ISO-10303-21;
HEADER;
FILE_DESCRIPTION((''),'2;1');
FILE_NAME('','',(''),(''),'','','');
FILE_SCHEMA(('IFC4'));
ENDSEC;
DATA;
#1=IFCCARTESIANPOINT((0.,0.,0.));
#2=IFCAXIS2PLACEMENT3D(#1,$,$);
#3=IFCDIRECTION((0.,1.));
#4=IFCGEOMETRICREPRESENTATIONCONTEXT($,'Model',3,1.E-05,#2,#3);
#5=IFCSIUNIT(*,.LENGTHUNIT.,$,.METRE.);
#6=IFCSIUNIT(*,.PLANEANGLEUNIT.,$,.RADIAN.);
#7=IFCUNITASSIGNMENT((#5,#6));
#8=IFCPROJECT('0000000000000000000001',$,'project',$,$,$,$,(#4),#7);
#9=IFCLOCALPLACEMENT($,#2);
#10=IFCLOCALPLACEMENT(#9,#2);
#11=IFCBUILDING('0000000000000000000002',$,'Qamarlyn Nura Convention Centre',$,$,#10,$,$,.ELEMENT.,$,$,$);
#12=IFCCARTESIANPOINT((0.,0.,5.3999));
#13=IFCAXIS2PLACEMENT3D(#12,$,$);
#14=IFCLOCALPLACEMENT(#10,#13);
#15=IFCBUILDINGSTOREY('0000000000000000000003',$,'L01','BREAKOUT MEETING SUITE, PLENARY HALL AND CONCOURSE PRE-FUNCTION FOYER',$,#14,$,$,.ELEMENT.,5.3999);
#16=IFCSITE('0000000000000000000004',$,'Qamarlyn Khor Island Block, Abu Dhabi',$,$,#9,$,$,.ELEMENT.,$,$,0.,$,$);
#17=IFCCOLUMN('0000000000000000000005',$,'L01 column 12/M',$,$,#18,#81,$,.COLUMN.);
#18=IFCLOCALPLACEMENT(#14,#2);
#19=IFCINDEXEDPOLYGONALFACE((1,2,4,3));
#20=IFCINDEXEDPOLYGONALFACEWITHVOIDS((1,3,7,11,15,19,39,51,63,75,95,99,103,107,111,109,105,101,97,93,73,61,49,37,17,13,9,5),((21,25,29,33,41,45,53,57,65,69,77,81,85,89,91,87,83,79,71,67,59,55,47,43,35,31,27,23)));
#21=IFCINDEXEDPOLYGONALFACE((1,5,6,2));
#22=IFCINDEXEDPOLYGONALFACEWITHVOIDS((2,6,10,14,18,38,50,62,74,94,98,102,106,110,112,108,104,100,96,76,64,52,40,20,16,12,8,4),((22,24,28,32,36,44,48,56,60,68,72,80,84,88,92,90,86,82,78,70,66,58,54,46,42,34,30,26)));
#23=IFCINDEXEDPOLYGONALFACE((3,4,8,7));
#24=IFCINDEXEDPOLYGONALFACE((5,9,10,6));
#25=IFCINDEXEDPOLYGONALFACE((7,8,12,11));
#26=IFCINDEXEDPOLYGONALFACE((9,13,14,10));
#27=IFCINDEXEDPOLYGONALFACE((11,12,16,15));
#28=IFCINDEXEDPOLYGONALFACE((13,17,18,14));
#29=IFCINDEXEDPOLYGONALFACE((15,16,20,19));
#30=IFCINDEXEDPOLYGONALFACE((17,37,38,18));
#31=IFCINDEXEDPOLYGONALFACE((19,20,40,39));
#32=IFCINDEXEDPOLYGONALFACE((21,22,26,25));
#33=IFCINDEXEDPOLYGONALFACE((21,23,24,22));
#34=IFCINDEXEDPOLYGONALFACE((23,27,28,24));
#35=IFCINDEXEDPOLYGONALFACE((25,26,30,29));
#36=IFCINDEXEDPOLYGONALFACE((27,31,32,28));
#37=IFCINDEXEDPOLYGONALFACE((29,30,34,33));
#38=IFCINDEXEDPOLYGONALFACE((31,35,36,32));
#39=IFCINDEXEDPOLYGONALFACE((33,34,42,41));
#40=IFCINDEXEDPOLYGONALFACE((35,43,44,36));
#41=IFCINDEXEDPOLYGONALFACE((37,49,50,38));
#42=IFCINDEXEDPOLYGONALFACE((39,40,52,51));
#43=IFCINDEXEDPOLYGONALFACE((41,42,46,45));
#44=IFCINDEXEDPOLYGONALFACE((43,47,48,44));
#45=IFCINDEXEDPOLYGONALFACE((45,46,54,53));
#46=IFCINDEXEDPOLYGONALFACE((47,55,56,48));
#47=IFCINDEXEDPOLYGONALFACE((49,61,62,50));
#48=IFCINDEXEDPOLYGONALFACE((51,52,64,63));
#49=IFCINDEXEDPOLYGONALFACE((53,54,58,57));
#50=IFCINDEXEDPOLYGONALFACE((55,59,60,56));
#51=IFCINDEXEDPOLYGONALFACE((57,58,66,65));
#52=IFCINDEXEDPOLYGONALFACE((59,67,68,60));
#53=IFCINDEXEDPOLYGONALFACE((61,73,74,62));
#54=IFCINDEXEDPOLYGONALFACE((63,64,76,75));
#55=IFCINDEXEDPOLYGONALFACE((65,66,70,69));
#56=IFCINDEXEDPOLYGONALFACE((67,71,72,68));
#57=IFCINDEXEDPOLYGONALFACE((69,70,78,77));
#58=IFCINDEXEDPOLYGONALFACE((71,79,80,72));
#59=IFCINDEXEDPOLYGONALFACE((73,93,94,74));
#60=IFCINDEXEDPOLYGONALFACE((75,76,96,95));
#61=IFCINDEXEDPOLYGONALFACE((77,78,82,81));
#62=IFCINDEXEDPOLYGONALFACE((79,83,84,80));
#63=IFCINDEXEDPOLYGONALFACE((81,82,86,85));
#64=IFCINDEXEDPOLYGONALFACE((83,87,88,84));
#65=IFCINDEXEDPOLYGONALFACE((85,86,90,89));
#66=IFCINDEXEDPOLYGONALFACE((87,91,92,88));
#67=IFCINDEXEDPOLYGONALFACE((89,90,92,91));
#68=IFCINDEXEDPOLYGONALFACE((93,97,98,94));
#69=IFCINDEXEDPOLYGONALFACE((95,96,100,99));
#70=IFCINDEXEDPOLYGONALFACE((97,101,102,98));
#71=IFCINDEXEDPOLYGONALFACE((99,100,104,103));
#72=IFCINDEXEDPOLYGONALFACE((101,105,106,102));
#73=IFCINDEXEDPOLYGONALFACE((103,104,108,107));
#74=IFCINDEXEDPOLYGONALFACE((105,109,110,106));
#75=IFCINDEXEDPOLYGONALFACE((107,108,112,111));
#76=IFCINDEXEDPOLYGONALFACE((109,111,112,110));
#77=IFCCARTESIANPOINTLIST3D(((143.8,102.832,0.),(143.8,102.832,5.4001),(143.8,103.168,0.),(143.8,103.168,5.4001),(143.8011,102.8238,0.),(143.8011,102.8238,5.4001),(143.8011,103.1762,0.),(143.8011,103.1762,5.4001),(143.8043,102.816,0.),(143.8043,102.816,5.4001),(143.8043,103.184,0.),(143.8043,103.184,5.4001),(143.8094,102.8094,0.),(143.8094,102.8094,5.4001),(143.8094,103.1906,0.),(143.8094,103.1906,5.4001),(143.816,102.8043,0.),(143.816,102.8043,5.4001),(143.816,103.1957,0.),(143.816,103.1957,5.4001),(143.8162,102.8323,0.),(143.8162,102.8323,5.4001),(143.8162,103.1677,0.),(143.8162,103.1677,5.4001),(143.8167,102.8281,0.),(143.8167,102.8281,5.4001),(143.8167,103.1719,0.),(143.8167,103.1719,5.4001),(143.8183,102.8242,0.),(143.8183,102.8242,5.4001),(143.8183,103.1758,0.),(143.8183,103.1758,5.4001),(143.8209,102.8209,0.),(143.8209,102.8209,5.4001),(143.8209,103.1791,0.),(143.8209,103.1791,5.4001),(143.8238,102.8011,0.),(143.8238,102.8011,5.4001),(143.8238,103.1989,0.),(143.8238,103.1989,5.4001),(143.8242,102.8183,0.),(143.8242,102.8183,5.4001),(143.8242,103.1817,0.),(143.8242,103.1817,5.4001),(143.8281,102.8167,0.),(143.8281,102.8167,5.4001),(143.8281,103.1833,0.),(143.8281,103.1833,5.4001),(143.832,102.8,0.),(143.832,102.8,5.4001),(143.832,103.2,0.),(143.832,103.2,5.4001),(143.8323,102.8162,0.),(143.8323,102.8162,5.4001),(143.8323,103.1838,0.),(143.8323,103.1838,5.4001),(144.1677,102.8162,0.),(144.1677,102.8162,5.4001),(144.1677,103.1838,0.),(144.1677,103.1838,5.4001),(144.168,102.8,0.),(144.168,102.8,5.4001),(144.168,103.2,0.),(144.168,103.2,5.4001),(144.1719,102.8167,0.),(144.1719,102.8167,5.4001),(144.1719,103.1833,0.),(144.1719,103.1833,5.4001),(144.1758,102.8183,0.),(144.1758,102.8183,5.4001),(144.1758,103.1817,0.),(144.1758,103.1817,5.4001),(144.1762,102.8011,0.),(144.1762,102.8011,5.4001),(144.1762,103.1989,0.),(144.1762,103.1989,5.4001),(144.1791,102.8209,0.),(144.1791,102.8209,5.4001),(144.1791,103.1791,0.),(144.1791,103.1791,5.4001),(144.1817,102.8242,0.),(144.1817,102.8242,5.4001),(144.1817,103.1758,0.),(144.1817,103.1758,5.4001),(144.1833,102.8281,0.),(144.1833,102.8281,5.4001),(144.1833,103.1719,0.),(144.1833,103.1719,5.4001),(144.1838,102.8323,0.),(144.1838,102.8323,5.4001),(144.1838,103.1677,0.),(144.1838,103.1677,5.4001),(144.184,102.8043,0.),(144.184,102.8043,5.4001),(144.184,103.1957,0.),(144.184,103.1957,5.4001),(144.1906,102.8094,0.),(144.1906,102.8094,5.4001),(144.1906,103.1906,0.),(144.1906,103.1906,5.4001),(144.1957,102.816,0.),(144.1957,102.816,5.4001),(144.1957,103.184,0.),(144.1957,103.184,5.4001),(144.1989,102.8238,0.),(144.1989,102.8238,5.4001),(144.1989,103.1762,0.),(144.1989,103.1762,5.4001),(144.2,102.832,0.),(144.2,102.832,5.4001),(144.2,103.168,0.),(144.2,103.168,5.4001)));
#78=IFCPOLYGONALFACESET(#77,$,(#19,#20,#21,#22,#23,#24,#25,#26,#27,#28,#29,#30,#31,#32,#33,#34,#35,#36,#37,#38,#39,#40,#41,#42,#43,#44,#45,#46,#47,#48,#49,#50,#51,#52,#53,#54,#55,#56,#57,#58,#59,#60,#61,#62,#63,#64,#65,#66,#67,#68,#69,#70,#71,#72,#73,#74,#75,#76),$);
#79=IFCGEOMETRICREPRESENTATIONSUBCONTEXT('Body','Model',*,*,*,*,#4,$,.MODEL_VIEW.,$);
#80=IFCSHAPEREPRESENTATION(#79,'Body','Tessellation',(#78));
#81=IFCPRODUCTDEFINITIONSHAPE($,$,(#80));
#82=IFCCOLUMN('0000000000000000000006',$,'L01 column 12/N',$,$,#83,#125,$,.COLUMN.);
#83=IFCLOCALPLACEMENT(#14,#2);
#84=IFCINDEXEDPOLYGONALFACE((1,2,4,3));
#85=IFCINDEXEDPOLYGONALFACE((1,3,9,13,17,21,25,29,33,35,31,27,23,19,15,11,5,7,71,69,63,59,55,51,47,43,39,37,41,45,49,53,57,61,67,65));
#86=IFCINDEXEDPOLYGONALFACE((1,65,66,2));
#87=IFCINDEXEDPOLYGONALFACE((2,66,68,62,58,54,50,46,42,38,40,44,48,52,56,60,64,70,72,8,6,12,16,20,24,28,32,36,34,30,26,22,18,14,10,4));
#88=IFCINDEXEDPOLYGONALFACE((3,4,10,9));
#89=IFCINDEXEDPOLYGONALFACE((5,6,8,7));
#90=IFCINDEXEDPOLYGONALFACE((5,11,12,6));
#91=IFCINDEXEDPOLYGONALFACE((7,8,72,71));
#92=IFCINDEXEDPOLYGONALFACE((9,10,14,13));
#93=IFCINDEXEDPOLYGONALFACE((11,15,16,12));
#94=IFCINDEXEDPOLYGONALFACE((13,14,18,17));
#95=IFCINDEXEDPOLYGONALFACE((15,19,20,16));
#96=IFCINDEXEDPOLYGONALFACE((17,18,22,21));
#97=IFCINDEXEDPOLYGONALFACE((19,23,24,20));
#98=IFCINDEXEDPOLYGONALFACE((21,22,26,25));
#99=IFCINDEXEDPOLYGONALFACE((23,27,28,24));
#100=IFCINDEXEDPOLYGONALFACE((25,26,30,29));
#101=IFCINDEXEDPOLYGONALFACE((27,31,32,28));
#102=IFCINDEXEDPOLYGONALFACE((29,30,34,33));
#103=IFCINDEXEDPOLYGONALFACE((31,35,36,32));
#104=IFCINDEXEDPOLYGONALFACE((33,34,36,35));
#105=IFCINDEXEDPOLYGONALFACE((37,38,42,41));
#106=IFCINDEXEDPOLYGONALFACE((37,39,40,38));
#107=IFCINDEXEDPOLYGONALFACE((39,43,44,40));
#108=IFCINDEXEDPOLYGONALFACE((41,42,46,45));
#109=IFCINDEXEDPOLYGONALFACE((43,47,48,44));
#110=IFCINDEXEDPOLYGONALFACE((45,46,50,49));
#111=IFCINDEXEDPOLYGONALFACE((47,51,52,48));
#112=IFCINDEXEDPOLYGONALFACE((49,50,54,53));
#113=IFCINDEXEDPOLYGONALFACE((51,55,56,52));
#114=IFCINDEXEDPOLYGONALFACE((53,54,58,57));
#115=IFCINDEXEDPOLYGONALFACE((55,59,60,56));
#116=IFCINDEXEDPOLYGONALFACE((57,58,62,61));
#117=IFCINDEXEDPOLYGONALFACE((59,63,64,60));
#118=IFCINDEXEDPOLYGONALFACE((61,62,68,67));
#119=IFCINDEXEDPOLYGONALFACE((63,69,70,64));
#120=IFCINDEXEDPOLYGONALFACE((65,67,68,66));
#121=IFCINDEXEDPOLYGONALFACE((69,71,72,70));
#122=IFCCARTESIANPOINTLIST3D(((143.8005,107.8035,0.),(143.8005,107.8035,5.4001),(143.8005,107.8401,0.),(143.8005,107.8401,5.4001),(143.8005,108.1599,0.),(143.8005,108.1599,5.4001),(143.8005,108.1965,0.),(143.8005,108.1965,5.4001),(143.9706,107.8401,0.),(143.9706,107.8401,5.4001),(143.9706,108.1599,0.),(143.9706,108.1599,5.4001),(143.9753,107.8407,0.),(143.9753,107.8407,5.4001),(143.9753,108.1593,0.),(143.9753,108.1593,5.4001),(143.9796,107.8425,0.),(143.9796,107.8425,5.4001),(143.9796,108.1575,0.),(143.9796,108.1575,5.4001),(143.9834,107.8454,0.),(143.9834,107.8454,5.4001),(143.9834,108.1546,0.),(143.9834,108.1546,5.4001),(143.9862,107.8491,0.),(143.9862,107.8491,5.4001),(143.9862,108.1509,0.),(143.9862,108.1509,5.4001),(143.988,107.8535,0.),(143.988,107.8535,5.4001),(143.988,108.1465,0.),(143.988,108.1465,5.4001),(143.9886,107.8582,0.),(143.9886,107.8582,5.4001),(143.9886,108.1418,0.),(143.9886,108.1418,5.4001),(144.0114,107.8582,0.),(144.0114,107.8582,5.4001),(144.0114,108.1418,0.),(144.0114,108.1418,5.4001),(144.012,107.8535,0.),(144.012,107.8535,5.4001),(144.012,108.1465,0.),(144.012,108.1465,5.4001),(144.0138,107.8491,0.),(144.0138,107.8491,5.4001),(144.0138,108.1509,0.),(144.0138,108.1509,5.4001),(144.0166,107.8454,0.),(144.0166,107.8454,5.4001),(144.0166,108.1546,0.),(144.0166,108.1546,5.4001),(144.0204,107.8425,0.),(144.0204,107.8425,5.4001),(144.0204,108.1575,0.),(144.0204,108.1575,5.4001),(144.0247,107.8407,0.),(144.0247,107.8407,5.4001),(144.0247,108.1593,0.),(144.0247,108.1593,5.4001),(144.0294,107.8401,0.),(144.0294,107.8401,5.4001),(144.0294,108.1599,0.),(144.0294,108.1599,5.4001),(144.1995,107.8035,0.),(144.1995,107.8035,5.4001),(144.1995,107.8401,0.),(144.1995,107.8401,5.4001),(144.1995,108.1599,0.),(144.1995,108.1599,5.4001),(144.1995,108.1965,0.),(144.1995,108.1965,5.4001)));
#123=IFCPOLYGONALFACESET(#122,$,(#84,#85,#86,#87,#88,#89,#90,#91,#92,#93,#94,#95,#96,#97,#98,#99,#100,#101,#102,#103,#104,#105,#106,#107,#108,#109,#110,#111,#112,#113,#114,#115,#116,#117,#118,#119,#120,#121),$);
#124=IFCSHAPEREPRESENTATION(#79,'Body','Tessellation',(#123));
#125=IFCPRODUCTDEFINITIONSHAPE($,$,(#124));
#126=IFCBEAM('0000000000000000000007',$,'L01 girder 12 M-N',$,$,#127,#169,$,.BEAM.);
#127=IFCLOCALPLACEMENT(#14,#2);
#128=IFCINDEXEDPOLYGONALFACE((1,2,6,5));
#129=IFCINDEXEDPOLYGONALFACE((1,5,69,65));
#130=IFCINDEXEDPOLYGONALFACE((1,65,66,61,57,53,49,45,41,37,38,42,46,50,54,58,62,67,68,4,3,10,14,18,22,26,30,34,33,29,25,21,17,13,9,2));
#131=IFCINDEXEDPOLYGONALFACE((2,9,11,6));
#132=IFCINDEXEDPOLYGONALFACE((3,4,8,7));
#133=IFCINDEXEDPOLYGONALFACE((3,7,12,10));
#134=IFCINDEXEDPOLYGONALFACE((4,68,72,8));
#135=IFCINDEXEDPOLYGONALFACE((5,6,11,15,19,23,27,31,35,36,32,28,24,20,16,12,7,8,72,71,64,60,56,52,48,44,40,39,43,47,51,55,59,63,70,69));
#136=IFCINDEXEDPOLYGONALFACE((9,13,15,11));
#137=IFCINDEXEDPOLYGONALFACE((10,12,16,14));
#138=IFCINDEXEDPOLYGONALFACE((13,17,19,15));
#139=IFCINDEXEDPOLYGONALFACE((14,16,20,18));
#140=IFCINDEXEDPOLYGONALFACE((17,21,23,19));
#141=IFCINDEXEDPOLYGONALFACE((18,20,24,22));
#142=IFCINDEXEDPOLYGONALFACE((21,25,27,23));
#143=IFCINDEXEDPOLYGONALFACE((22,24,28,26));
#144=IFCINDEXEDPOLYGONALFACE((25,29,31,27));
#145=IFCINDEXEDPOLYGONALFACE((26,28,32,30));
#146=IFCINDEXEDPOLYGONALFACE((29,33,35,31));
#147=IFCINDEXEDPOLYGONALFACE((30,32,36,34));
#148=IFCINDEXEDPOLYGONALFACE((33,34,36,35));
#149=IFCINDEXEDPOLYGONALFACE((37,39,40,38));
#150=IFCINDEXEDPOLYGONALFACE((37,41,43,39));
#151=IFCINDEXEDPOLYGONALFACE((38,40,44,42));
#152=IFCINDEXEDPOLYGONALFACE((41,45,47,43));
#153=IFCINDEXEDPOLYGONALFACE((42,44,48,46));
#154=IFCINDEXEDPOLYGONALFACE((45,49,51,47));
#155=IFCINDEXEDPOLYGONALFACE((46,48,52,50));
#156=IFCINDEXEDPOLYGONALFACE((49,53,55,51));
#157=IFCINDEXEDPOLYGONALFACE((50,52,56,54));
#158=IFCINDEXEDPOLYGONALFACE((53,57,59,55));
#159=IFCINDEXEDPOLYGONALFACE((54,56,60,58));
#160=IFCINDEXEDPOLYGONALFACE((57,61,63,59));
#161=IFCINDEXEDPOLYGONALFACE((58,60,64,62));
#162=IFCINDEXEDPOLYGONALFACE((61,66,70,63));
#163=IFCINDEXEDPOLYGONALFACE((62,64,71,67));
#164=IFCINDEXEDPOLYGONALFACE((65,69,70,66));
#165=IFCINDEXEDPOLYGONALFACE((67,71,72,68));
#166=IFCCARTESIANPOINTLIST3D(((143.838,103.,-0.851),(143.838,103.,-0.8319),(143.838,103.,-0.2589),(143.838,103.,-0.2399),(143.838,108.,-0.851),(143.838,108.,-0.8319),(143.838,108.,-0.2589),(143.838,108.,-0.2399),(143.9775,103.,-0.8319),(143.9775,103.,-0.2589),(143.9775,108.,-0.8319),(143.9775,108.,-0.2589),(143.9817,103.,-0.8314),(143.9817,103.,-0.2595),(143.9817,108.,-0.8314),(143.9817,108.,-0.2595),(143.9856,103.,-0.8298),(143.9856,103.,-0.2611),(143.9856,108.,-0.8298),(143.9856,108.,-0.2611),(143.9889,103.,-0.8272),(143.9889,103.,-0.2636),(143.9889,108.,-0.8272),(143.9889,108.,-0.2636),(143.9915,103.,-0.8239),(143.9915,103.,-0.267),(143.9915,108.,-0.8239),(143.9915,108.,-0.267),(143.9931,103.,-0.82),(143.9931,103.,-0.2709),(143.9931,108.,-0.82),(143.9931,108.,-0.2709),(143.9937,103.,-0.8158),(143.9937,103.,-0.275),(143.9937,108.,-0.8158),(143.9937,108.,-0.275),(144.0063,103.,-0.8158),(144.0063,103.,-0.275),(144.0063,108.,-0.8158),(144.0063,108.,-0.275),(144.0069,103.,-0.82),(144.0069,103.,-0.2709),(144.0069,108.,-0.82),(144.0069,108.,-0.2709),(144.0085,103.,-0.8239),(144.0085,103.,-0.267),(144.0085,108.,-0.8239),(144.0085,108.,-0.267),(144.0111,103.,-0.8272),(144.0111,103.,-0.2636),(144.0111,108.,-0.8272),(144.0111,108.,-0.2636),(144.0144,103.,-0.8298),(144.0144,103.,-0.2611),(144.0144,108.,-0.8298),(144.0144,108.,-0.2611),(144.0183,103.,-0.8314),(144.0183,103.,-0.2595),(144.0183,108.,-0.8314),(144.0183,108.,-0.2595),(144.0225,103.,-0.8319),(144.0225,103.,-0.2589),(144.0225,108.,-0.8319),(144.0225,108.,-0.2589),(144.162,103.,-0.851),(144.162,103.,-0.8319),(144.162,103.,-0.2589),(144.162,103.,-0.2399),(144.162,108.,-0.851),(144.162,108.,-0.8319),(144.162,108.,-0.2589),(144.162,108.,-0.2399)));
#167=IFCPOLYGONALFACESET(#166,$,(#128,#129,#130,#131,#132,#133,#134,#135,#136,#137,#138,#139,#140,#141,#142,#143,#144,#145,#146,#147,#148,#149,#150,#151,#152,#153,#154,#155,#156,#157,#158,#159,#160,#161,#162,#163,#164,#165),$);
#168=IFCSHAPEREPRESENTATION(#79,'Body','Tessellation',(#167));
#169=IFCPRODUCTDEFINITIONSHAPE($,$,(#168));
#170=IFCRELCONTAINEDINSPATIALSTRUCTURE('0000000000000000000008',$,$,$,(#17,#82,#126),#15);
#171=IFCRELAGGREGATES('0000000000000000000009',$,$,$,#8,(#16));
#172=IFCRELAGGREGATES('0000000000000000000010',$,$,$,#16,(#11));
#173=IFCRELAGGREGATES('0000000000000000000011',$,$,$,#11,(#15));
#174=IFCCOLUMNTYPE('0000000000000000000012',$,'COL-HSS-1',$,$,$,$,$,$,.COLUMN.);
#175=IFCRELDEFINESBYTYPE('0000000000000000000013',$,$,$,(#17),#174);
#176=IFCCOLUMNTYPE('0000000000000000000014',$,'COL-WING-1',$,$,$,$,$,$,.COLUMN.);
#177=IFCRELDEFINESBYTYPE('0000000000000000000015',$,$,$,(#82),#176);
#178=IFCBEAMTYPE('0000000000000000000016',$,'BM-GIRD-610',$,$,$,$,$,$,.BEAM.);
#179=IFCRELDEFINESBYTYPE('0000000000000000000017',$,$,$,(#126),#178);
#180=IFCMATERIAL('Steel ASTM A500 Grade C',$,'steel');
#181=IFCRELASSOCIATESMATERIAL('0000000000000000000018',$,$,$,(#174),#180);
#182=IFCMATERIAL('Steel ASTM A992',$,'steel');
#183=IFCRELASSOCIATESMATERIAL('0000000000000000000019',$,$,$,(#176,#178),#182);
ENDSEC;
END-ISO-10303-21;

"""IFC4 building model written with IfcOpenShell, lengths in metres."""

from ifc_helpers import new_model, si_unit, direction, frame, origin, origin_2d, place, context, subcontext, project, spatial, hollow_rectangle, i_section, extrude, material, material_profile, profile_set, type_object, element, save


model = new_model("IFC4")

# Units and contexts
model_context = context("Model", 3, precision=1e-05, world=origin(), true_north=direction((0.0, 1.0)))
body_context = subcontext(model_context, "Body", "Model", "MODEL_VIEW")
ifc_project = project(units=[si_unit("LENGTHUNIT", "METRE"), si_unit("PLANEANGLEUNIT", "RADIAN")], contexts=[model_context])

# Site, building, storey
site_placement = place(None, origin())
site = spatial("IfcSite", under=ifc_project, at=site_placement, Name="Qamarlyn Khor Island Block, Abu Dhabi", CompositionType="ELEMENT", RefElevation=0.0)
building_placement = place(site_placement, origin())
building = spatial("IfcBuilding", under=site, at=building_placement, Name="Qamarlyn Nura Convention Centre", CompositionType="ELEMENT")
storey_placement = place(building_placement, frame((0.0, 0.0, 5.3999)))
storey = spatial("IfcBuildingStorey", under=building, at=storey_placement, Name="L01", Description="BREAKOUT MEETING SUITE, PLENARY HALL AND CONCOURSE PRE-FUNCTION FOYER", CompositionType="ELEMENT", Elevation=5.3999)

# Columns
ifc_material_1 = material(Name="Steel ASTM A500 Grade C", Category="steel")
ifc_material_profile_1 = material_profile(ifc_material_1, hollow_rectangle(XDim=0.3999, YDim=0.3999, WallThickness=0.0161, InnerFilletRadius=0.0161, OuterFilletRadius=0.032, at=origin_2d()), Name="HSS400X400X16")
ifc_profile_set_1 = profile_set([ifc_material_profile_1], Name="Steel ASTM A500 Grade C")
column_type_1 = type_object("IfcColumnType", Name="COL-HSS-1", PredefinedType="COLUMN", material=ifc_profile_set_1)
column_1_placement = place(storey_placement, frame((144.0, 103.0, 0.0), z_axis=(0.0, 0.0, 1.0), x_axis=(1.0, 0.0, 0.0)))
element("IfcColumn", 1, at=column_1_placement, inside=storey, type_object=column_type_1, Name="L01 column 12/M", PredefinedType="COLUMN", context=body_context, shape_type="SweptSolid", body=[
    extrude(hollow_rectangle(XDim=0.3999, YDim=0.3999, WallThickness=0.0161, InnerFilletRadius=0.0161, OuterFilletRadius=0.032, at=origin_2d()), origin(), (0.0, 0.0, 1.0), 5.4001),
])
ifc_material_2 = material(Name="Steel ASTM A992", Category="steel")
ifc_material_profile_2 = material_profile(ifc_material_2, i_section(OverallWidth=0.3989, OverallDepth=0.3931, WebThickness=0.0227, FlangeThickness=0.0366, FilletRadius=0.0181, at=origin_2d()), Name="W360X287")
ifc_profile_set_2 = profile_set([ifc_material_profile_2], Name="Steel ASTM A992")
column_type_2 = type_object("IfcColumnType", Name="COL-WING-1", PredefinedType="COLUMN", material=ifc_profile_set_2)
column_2_placement = place(storey_placement, frame((144.0, 108.0, 0.0), z_axis=(0.0, 0.0, 1.0), x_axis=(1.0, 0.0, 0.0)))
element("IfcColumn", 2, at=column_2_placement, inside=storey, type_object=column_type_2, Name="L01 column 12/N", PredefinedType="COLUMN", context=body_context, shape_type="SweptSolid", body=[
    extrude(i_section(OverallWidth=0.3989, OverallDepth=0.3931, WebThickness=0.0227, FlangeThickness=0.0366, FilletRadius=0.0181, at=origin_2d()), origin(), (0.0, 0.0, 1.0), 5.4001),
])

# Beam
ifc_material_profile_3 = material_profile(ifc_material_2, i_section(OverallWidth=0.324, OverallDepth=0.6111, WebThickness=0.0127, FlangeThickness=0.019, FilletRadius=0.0161, at=origin_2d()), Name="W610X155")
ifc_profile_set_3 = profile_set([ifc_material_profile_3], Name="Steel ASTM A992")
beam_type_1 = type_object("IfcBeamType", Name="BM-GIRD-610", PredefinedType="BEAM", material=ifc_profile_set_3)
beam_1_placement = place(storey_placement, frame((144.0, 103.0, -0.5454), z_axis=(0.0, 1.0, 0.0), x_axis=(-1.0, 0.0, 0.0)))
element("IfcBeam", 3, at=beam_1_placement, inside=storey, type_object=beam_type_1, Name="L01 girder 12 M-N", PredefinedType="BEAM", context=body_context, shape_type="SweptSolid", body=[
    extrude(i_section(OverallWidth=0.324, OverallDepth=0.6111, WebThickness=0.0127, FlangeThickness=0.019, FilletRadius=0.0161, at=origin_2d()), origin(), (0.0, 0.0, 1.0), 5.0),
])

save(model, "model.ifc")
